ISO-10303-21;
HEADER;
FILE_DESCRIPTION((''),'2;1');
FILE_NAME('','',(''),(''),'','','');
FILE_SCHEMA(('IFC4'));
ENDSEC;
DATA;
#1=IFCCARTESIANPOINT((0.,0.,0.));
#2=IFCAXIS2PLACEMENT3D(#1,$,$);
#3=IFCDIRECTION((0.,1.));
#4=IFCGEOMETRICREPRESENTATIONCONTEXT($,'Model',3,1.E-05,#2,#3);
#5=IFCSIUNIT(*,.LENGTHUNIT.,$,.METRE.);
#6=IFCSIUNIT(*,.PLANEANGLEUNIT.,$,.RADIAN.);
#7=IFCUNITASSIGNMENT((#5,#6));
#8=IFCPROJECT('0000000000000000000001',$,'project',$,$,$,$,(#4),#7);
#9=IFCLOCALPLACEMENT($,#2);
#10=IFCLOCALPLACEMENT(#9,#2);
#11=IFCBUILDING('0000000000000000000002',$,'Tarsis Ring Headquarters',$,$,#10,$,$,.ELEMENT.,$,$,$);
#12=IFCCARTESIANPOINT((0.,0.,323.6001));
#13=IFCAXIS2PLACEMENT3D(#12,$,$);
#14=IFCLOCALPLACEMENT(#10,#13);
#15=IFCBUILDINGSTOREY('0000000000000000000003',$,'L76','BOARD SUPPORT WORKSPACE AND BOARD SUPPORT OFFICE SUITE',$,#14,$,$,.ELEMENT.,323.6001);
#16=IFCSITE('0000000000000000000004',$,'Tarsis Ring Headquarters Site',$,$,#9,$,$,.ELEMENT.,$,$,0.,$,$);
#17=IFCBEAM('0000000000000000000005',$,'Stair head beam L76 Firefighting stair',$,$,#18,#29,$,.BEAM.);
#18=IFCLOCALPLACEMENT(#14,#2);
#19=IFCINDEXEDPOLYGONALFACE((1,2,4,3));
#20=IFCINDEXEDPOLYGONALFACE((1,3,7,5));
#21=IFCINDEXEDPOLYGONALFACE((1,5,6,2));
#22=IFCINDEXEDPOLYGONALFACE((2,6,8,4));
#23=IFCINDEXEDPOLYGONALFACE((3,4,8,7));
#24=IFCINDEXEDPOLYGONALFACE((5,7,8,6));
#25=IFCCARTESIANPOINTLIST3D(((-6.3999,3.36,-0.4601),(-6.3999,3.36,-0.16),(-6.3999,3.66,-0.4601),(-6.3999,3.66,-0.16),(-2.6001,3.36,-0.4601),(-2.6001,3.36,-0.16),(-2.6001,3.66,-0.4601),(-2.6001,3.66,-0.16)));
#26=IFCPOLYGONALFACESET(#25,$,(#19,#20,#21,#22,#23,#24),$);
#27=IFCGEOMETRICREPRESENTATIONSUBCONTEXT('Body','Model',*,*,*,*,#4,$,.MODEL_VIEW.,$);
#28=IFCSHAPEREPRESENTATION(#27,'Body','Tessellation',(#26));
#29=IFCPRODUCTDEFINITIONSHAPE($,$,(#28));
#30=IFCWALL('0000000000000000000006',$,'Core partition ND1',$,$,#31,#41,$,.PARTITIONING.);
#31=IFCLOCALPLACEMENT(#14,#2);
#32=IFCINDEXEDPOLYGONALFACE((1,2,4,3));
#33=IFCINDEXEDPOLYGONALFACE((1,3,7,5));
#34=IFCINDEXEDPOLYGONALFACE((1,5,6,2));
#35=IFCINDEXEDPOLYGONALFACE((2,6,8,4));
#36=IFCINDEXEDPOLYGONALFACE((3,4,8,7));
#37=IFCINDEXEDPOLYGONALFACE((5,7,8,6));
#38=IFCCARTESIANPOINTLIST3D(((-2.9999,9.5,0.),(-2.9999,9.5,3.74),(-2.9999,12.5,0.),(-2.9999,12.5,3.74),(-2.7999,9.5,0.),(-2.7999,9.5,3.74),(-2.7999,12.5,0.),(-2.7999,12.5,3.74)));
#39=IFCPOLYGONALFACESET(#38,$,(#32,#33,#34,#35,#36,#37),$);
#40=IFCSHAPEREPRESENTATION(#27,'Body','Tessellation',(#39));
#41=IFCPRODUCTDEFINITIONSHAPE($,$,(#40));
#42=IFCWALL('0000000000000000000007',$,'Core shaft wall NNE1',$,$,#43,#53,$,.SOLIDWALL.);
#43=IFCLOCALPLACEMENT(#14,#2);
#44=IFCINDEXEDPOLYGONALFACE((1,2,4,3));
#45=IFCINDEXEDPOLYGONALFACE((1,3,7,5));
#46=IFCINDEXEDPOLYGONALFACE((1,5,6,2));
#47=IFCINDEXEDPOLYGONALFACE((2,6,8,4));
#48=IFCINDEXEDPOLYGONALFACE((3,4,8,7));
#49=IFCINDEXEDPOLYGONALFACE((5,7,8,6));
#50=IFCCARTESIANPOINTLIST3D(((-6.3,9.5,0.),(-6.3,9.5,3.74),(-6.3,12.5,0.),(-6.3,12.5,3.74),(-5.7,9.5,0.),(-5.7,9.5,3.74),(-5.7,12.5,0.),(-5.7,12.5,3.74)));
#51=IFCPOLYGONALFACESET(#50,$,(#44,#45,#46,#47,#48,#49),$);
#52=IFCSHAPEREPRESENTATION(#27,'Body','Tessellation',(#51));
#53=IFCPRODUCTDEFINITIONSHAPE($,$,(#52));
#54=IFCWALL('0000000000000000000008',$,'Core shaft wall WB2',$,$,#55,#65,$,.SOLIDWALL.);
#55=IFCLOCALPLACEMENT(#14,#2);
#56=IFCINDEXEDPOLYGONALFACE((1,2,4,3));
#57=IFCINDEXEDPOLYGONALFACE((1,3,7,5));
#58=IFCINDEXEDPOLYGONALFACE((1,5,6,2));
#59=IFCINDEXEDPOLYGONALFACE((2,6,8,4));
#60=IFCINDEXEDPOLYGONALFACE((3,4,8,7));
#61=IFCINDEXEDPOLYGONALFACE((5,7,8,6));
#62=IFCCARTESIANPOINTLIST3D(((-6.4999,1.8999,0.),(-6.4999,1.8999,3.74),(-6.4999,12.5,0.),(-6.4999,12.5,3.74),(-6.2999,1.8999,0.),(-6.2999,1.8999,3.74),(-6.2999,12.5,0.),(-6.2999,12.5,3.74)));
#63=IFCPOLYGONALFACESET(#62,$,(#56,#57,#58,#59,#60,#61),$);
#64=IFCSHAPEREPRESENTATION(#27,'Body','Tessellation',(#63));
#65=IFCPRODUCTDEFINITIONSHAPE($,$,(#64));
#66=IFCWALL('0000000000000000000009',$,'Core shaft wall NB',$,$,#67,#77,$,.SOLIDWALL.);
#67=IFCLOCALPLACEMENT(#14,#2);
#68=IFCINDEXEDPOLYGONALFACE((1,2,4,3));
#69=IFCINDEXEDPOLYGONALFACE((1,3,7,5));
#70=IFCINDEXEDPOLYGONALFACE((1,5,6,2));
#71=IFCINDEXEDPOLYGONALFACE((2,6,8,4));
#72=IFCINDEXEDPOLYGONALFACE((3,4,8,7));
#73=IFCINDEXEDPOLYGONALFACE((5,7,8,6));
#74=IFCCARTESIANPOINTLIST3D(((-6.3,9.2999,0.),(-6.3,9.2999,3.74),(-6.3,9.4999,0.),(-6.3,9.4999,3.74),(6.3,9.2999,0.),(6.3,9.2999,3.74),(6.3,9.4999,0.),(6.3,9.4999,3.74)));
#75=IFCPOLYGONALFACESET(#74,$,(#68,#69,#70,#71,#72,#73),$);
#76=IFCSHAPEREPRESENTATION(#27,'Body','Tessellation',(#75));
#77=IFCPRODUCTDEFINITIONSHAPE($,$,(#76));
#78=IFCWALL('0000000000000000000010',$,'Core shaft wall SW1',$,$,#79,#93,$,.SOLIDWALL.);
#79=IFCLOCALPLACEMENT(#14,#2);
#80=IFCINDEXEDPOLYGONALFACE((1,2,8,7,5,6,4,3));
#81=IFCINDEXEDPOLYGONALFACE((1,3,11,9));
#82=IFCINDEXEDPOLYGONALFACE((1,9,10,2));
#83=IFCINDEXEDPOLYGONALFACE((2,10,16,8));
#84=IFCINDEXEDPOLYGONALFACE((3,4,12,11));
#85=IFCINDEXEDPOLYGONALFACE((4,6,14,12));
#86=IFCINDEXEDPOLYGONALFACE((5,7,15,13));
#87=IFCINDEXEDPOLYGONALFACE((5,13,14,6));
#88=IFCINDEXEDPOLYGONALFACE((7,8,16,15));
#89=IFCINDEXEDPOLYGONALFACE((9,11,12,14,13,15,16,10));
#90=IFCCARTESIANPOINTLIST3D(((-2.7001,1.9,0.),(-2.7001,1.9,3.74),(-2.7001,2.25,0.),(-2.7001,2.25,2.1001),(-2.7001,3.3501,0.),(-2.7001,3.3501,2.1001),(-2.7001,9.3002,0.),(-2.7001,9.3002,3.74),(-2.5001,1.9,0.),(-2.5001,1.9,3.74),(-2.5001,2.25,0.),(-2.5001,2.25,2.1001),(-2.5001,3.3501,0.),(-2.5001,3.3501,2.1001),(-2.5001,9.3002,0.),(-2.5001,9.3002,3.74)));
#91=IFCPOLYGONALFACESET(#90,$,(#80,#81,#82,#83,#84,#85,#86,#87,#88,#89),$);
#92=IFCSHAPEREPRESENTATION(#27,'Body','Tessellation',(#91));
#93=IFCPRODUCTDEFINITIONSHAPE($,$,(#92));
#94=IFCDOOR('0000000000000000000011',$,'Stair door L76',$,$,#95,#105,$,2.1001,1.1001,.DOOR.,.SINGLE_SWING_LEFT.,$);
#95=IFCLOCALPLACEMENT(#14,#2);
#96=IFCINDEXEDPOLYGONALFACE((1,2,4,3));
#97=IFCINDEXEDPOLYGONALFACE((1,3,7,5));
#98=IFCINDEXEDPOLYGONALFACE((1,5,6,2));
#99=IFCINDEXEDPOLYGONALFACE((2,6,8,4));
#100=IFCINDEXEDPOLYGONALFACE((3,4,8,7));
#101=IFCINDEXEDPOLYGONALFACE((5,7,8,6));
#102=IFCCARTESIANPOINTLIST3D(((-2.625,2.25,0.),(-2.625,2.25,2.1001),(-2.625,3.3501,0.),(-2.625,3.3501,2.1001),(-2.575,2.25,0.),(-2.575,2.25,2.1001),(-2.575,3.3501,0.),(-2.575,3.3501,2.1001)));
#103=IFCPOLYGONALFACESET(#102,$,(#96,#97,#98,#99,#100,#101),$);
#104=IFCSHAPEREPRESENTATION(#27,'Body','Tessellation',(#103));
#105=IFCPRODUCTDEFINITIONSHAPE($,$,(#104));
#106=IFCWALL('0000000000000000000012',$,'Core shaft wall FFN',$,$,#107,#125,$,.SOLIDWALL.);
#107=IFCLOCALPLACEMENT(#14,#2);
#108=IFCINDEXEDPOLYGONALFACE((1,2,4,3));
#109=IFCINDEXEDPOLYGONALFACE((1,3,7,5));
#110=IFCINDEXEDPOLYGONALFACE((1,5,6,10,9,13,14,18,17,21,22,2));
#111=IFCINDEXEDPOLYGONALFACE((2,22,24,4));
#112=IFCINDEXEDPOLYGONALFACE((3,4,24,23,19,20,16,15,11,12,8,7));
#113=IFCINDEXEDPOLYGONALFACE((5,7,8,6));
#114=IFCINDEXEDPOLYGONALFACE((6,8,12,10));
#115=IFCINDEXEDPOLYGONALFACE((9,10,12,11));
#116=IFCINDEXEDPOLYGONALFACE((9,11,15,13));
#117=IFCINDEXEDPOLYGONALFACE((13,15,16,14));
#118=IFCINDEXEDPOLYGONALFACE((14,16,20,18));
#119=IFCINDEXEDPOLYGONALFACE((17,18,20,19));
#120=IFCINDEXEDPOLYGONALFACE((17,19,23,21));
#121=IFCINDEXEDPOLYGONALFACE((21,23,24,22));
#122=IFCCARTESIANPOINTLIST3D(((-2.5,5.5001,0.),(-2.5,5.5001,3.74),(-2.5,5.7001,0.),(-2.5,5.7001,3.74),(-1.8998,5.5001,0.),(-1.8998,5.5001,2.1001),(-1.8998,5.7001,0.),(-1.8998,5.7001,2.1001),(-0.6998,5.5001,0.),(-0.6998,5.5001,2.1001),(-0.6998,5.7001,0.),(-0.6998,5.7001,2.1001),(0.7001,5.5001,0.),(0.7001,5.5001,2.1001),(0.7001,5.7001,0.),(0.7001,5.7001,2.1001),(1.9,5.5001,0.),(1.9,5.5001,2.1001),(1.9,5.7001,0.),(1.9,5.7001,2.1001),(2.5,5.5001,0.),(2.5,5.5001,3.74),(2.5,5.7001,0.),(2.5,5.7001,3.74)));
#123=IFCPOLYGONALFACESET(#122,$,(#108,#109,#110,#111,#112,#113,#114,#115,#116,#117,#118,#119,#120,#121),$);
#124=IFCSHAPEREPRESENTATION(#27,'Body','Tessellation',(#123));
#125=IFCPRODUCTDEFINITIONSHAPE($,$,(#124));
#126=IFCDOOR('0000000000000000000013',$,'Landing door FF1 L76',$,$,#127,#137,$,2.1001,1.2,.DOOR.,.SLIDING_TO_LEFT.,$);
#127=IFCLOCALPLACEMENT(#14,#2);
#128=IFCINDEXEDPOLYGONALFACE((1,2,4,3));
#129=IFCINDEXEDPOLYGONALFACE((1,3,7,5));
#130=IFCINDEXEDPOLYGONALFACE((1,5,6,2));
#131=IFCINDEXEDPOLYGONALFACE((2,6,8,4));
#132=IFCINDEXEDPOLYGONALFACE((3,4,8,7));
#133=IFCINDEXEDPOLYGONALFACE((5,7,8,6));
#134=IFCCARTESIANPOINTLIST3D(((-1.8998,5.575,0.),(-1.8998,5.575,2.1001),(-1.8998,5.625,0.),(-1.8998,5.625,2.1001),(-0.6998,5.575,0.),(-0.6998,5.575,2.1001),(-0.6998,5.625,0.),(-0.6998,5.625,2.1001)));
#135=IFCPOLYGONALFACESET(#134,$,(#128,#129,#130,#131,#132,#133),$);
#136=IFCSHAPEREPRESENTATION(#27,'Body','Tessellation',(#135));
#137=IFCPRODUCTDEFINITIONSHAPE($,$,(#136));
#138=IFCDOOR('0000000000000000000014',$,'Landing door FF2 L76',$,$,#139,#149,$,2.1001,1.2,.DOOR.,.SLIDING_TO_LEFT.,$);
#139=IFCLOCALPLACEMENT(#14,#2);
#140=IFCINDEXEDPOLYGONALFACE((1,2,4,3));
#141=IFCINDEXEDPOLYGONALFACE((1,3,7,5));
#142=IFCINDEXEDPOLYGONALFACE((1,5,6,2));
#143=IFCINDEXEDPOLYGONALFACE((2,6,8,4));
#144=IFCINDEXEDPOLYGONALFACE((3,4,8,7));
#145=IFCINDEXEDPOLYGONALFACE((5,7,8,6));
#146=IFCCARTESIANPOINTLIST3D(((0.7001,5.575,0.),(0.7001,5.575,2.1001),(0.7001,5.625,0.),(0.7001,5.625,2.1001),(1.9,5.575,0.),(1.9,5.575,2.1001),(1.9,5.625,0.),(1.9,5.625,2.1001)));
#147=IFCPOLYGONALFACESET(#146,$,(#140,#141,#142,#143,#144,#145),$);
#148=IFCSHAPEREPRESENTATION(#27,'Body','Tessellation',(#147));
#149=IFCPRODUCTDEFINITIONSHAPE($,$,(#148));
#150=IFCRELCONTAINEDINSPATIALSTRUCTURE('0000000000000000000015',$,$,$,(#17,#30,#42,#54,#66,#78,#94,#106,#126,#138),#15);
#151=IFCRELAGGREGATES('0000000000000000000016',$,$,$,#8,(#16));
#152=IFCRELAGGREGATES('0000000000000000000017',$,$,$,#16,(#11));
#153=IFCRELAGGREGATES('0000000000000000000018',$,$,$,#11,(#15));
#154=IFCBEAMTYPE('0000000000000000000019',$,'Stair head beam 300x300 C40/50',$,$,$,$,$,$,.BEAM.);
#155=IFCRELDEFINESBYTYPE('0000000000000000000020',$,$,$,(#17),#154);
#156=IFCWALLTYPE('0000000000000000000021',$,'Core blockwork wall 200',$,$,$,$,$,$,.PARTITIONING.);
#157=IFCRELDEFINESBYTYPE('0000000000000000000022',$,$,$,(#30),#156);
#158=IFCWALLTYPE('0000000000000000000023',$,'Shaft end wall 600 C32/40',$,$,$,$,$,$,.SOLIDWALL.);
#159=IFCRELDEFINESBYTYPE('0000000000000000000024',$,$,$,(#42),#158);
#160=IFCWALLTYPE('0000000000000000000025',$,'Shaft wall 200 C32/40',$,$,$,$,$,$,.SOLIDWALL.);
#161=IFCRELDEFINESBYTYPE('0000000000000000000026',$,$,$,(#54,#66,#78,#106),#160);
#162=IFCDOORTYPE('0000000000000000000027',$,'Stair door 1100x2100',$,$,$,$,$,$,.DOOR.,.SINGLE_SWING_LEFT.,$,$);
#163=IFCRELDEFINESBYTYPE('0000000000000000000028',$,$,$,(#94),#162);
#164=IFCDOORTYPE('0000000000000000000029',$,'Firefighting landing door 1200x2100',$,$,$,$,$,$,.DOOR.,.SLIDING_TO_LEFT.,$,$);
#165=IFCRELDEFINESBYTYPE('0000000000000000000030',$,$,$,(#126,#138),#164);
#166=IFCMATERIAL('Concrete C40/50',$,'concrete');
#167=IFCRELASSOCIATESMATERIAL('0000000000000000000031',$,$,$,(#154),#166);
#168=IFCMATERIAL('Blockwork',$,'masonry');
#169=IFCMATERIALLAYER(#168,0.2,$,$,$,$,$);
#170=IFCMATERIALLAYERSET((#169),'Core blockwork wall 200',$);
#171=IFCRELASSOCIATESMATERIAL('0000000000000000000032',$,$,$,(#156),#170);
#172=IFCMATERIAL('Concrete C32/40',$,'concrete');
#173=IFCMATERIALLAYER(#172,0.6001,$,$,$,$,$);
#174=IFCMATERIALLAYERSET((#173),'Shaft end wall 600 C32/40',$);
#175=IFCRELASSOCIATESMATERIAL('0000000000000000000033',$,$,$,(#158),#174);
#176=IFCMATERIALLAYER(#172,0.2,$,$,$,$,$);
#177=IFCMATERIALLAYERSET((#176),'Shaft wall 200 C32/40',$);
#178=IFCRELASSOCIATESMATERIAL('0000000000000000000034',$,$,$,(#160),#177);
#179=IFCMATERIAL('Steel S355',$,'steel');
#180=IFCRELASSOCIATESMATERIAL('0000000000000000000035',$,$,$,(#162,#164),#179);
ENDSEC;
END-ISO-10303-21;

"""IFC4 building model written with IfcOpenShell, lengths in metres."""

from ifc_helpers import new_model, si_unit, direction, frame, frame_2d, origin, origin_2d, place, context, subcontext, project, spatial, rectangle, extrude, material, layer, layer_set, material_profile, profile_set, type_object, element, fill, save


model = new_model("IFC4")

# Units and contexts
model_context = context("Model", 3, precision=1e-05, world=origin(), true_north=direction((0.0, 1.0)))
body_context = subcontext(model_context, "Body", "Model", "MODEL_VIEW")
ifc_project = project(units=[si_unit("LENGTHUNIT", "METRE"), si_unit("PLANEANGLEUNIT", "RADIAN")], contexts=[model_context])

# Site, building, storey
site_placement = place(None, origin())
site = spatial("IfcSite", under=ifc_project, at=site_placement, Name="Tarsis Ring Headquarters Site", CompositionType="ELEMENT", RefElevation=0.0)
building_placement = place(site_placement, origin())
building = spatial("IfcBuilding", under=site, at=building_placement, Name="Tarsis Ring Headquarters", CompositionType="ELEMENT")
storey_placement = place(building_placement, frame((0.0, 0.0, 323.6001)))
storey = spatial("IfcBuildingStorey", under=building, at=storey_placement, Name="L76", Description="BOARD SUPPORT WORKSPACE AND BOARD SUPPORT OFFICE SUITE", CompositionType="ELEMENT", Elevation=323.6001)

# Beam
ifc_material_1 = material(Name="Concrete C40/50", Category="concrete")
ifc_material_profile = material_profile(ifc_material_1, rectangle(XDim=0.3, YDim=0.3, at=origin_2d()), Name="Stair head beam 300x300 C40/50")
ifc_profile_set = profile_set([ifc_material_profile], Name="Concrete C40/50")
beam_type = type_object("IfcBeamType", Name="Stair head beam 300x300 C40/50", PredefinedType="BEAM", material=ifc_profile_set)
beam_placement = place(storey_placement, frame((-6.3999, 3.51, -0.3101), z_axis=(1.0, 0.0, 0.0), x_axis=(0.0, 1.0, 0.0)))
element("IfcBeam", 1, at=beam_placement, inside=storey, type_object=beam_type, Name="Stair head beam L76 Firefighting stair", PredefinedType="BEAM", context=body_context, shape_type="SweptSolid", body=[
    extrude(rectangle(XDim=0.3, YDim=0.3, at=origin_2d()), origin(), (0.0, 0.0, 1.0), 3.7998),
])

# Walls
ifc_material_2 = material(Name="Blockwork", Category="masonry")
ifc_layer_1 = layer(ifc_material_2, 0.2)
ifc_layer_set_1 = layer_set([ifc_layer_1], Name="Core blockwork wall 200")
wall_type_1 = type_object("IfcWallType", Name="Core blockwork wall 200", PredefinedType="PARTITIONING", material=ifc_layer_set_1)
wall_1_placement = place(storey_placement, frame((-2.8999, 9.5, 0.0), z_axis=(0.0, 0.0, 1.0), x_axis=(0.0, 1.0, 0.0)))
element("IfcWall", 2, at=wall_1_placement, inside=storey, type_object=wall_type_1, Name="Core partition ND1", PredefinedType="PARTITIONING", context=body_context, shape_type="SweptSolid", body=[
    extrude(rectangle(XDim=3.0, YDim=0.2, at=frame_2d((1.5, 0.0))), origin(), (0.0, 0.0, 1.0), 3.74),
])
ifc_material_3 = material(Name="Concrete C32/40", Category="concrete")
ifc_layer_2 = layer(ifc_material_3, 0.6001)
ifc_layer_set_2 = layer_set([ifc_layer_2], Name="Shaft end wall 600 C32/40")
wall_type_2 = type_object("IfcWallType", Name="Shaft end wall 600 C32/40", PredefinedType="SOLIDWALL", material=ifc_layer_set_2)
wall_2_placement = place(storey_placement, frame((-6.0, 9.5, 0.0), z_axis=(0.0, 0.0, 1.0), x_axis=(0.0, 1.0, 0.0)))
element("IfcWall", 3, at=wall_2_placement, inside=storey, type_object=wall_type_2, Name="Core shaft wall NNE1", PredefinedType="SOLIDWALL", context=body_context, shape_type="SweptSolid", body=[
    extrude(rectangle(XDim=3.0, YDim=0.6001, at=frame_2d((1.5, 0.0))), origin(), (0.0, 0.0, 1.0), 3.74),
])
ifc_layer_3 = layer(ifc_material_3, 0.2)
ifc_layer_set_3 = layer_set([ifc_layer_3], Name="Shaft wall 200 C32/40")
wall_type_3 = type_object("IfcWallType", Name="Shaft wall 200 C32/40", PredefinedType="SOLIDWALL", material=ifc_layer_set_3)
wall_3_placement = place(storey_placement, frame((-6.3999, 1.8999, 0.0), z_axis=(0.0, 0.0, 1.0), x_axis=(0.0, 1.0, 0.0)))
element("IfcWall", 4, at=wall_3_placement, inside=storey, type_object=wall_type_3, Name="Core shaft wall WB2", PredefinedType="SOLIDWALL", context=body_context, shape_type="SweptSolid", body=[
    extrude(rectangle(XDim=10.6001, YDim=0.2, at=frame_2d((5.3, 0.0))), origin(), (0.0, 0.0, 1.0), 3.74),
])
wall_4_placement = place(storey_placement, frame((-6.3, 9.3999, 0.0), z_axis=(0.0, 0.0, 1.0), x_axis=(1.0, 0.0, 0.0)))
element("IfcWall", 5, at=wall_4_placement, inside=storey, type_object=wall_type_3, Name="Core shaft wall NB", PredefinedType="SOLIDWALL", context=body_context, shape_type="SweptSolid", body=[
    extrude(rectangle(XDim=12.6001, YDim=0.2, at=frame_2d((6.3, 0.0))), origin(), (0.0, 0.0, 1.0), 3.74),
])

# Wall, opening, door
wall_5_placement = place(storey_placement, frame((-2.6001, 1.8999, 0.0), z_axis=(0.0, 0.0, 1.0), x_axis=(0.0, 1.0, 0.0)))
wall_5 = element("IfcWall", 6, at=wall_5_placement, inside=storey, type_object=wall_type_3, Name="Core shaft wall SW1", PredefinedType="SOLIDWALL", context=body_context, shape_type="SweptSolid", body=[
    extrude(rectangle(XDim=7.4001, YDim=0.2, at=frame_2d((3.7002, 0.0))), origin(), (0.0, 0.0, 1.0), 3.74),
])
opening_1_placement = place(wall_5_placement, frame((0.3501, 0.0, 0.0)))
opening_1 = element("IfcOpeningElement", 7, at=opening_1_placement, cuts=wall_5, PredefinedType="OPENING", context=body_context, shape_type="SweptSolid", body=[
    extrude(rectangle(XDim=1.1001, YDim=2.1001, at=frame_2d((0.55, 1.05))), frame((0.0, 0.1099, 0.0), z_axis=(0.0, -1.0, 0.0), x_axis=(1.0, 0.0, 0.0)), (0.0, 0.0, 1.0), 0.22),
])
ifc_material_4 = material(Name="Steel S355", Category="steel")
door_type_1 = type_object("IfcDoorType", Name="Stair door 1100x2100", OperationType="SINGLE_SWING_LEFT", PredefinedType="DOOR", material=ifc_material_4)
door_1_placement = place(opening_1_placement, origin())
door_1 = element("IfcDoor", 8, at=door_1_placement, inside=storey, type_object=door_type_1, Name="Stair door L76", OperationType="SINGLE_SWING_LEFT", OverallHeight=2.1001, OverallWidth=1.1001, PredefinedType="DOOR", context=body_context, shape_type="SweptSolid", body=[
    extrude(rectangle(XDim=1.1001, YDim=2.1001, at=frame_2d((0.55, 1.05))), frame((0.0, 0.0249, 0.0), z_axis=(0.0, -1.0, 0.0), x_axis=(1.0, 0.0, 0.0)), (0.0, 0.0, 1.0), 0.05),
])
fill(opening_1, door_1)

# Wall, openings, doors
wall_6_placement = place(storey_placement, frame((-2.5, 5.6001, 0.0), z_axis=(0.0, 0.0, 1.0), x_axis=(1.0, 0.0, 0.0)))
wall_6 = element("IfcWall", 9, at=wall_6_placement, inside=storey, type_object=wall_type_3, Name="Core shaft wall FFN", PredefinedType="SOLIDWALL", context=body_context, shape_type="SweptSolid", body=[
    extrude(rectangle(XDim=5.0, YDim=0.2, at=frame_2d((2.5, 0.0))), origin(), (0.0, 0.0, 1.0), 3.74),
])
opening_2_placement = place(wall_6_placement, frame((0.6001, 0.0, 0.0)))
opening_2 = element("IfcOpeningElement", 10, at=opening_2_placement, cuts=wall_6, PredefinedType="OPENING", context=body_context, shape_type="SweptSolid", body=[
    extrude(rectangle(XDim=1.2, YDim=2.1001, at=frame_2d((0.6001, 1.05))), frame((0.0, 0.1099, 0.0), z_axis=(0.0, -1.0, 0.0), x_axis=(1.0, 0.0, 0.0)), (0.0, 0.0, 1.0), 0.22),
])
opening_3_placement = place(wall_6_placement, frame((3.2, 0.0, 0.0)))
opening_3 = element("IfcOpeningElement", 11, at=opening_3_placement, cuts=wall_6, PredefinedType="OPENING", context=body_context, shape_type="SweptSolid", body=[
    extrude(rectangle(XDim=1.2, YDim=2.1001, at=frame_2d((0.6001, 1.05))), frame((0.0, 0.1099, 0.0), z_axis=(0.0, -1.0, 0.0), x_axis=(1.0, 0.0, 0.0)), (0.0, 0.0, 1.0), 0.22),
])
door_type_2 = type_object("IfcDoorType", Name="Firefighting landing door 1200x2100", OperationType="SLIDING_TO_LEFT", PredefinedType="DOOR", material=ifc_material_4)
door_2_placement = place(opening_2_placement, origin())
door_2 = element("IfcDoor", 12, at=door_2_placement, inside=storey, type_object=door_type_2, Name="Landing door FF1 L76", OperationType="SLIDING_TO_LEFT", OverallHeight=2.1001, OverallWidth=1.2, PredefinedType="DOOR", context=body_context, shape_type="SweptSolid", body=[
    extrude(rectangle(XDim=1.2, YDim=2.1001, at=frame_2d((0.6001, 1.05))), frame((0.0, 0.0249, 0.0), z_axis=(0.0, -1.0, 0.0), x_axis=(1.0, 0.0, 0.0)), (0.0, 0.0, 1.0), 0.05),
])
fill(opening_2, door_2)
door_3_placement = place(opening_3_placement, origin())
door_3 = element("IfcDoor", 13, at=door_3_placement, inside=storey, type_object=door_type_2, Name="Landing door FF2 L76", OperationType="SLIDING_TO_LEFT", OverallHeight=2.1001, OverallWidth=1.2, PredefinedType="DOOR", context=body_context, shape_type="SweptSolid", body=[
    extrude(rectangle(XDim=1.2, YDim=2.1001, at=frame_2d((0.6001, 1.05))), frame((0.0, 0.0249, 0.0), z_axis=(0.0, -1.0, 0.0), x_axis=(1.0, 0.0, 0.0)), (0.0, 0.0, 1.0), 0.05),
])
fill(opening_3, door_3)

save(model, "model.ifc")
